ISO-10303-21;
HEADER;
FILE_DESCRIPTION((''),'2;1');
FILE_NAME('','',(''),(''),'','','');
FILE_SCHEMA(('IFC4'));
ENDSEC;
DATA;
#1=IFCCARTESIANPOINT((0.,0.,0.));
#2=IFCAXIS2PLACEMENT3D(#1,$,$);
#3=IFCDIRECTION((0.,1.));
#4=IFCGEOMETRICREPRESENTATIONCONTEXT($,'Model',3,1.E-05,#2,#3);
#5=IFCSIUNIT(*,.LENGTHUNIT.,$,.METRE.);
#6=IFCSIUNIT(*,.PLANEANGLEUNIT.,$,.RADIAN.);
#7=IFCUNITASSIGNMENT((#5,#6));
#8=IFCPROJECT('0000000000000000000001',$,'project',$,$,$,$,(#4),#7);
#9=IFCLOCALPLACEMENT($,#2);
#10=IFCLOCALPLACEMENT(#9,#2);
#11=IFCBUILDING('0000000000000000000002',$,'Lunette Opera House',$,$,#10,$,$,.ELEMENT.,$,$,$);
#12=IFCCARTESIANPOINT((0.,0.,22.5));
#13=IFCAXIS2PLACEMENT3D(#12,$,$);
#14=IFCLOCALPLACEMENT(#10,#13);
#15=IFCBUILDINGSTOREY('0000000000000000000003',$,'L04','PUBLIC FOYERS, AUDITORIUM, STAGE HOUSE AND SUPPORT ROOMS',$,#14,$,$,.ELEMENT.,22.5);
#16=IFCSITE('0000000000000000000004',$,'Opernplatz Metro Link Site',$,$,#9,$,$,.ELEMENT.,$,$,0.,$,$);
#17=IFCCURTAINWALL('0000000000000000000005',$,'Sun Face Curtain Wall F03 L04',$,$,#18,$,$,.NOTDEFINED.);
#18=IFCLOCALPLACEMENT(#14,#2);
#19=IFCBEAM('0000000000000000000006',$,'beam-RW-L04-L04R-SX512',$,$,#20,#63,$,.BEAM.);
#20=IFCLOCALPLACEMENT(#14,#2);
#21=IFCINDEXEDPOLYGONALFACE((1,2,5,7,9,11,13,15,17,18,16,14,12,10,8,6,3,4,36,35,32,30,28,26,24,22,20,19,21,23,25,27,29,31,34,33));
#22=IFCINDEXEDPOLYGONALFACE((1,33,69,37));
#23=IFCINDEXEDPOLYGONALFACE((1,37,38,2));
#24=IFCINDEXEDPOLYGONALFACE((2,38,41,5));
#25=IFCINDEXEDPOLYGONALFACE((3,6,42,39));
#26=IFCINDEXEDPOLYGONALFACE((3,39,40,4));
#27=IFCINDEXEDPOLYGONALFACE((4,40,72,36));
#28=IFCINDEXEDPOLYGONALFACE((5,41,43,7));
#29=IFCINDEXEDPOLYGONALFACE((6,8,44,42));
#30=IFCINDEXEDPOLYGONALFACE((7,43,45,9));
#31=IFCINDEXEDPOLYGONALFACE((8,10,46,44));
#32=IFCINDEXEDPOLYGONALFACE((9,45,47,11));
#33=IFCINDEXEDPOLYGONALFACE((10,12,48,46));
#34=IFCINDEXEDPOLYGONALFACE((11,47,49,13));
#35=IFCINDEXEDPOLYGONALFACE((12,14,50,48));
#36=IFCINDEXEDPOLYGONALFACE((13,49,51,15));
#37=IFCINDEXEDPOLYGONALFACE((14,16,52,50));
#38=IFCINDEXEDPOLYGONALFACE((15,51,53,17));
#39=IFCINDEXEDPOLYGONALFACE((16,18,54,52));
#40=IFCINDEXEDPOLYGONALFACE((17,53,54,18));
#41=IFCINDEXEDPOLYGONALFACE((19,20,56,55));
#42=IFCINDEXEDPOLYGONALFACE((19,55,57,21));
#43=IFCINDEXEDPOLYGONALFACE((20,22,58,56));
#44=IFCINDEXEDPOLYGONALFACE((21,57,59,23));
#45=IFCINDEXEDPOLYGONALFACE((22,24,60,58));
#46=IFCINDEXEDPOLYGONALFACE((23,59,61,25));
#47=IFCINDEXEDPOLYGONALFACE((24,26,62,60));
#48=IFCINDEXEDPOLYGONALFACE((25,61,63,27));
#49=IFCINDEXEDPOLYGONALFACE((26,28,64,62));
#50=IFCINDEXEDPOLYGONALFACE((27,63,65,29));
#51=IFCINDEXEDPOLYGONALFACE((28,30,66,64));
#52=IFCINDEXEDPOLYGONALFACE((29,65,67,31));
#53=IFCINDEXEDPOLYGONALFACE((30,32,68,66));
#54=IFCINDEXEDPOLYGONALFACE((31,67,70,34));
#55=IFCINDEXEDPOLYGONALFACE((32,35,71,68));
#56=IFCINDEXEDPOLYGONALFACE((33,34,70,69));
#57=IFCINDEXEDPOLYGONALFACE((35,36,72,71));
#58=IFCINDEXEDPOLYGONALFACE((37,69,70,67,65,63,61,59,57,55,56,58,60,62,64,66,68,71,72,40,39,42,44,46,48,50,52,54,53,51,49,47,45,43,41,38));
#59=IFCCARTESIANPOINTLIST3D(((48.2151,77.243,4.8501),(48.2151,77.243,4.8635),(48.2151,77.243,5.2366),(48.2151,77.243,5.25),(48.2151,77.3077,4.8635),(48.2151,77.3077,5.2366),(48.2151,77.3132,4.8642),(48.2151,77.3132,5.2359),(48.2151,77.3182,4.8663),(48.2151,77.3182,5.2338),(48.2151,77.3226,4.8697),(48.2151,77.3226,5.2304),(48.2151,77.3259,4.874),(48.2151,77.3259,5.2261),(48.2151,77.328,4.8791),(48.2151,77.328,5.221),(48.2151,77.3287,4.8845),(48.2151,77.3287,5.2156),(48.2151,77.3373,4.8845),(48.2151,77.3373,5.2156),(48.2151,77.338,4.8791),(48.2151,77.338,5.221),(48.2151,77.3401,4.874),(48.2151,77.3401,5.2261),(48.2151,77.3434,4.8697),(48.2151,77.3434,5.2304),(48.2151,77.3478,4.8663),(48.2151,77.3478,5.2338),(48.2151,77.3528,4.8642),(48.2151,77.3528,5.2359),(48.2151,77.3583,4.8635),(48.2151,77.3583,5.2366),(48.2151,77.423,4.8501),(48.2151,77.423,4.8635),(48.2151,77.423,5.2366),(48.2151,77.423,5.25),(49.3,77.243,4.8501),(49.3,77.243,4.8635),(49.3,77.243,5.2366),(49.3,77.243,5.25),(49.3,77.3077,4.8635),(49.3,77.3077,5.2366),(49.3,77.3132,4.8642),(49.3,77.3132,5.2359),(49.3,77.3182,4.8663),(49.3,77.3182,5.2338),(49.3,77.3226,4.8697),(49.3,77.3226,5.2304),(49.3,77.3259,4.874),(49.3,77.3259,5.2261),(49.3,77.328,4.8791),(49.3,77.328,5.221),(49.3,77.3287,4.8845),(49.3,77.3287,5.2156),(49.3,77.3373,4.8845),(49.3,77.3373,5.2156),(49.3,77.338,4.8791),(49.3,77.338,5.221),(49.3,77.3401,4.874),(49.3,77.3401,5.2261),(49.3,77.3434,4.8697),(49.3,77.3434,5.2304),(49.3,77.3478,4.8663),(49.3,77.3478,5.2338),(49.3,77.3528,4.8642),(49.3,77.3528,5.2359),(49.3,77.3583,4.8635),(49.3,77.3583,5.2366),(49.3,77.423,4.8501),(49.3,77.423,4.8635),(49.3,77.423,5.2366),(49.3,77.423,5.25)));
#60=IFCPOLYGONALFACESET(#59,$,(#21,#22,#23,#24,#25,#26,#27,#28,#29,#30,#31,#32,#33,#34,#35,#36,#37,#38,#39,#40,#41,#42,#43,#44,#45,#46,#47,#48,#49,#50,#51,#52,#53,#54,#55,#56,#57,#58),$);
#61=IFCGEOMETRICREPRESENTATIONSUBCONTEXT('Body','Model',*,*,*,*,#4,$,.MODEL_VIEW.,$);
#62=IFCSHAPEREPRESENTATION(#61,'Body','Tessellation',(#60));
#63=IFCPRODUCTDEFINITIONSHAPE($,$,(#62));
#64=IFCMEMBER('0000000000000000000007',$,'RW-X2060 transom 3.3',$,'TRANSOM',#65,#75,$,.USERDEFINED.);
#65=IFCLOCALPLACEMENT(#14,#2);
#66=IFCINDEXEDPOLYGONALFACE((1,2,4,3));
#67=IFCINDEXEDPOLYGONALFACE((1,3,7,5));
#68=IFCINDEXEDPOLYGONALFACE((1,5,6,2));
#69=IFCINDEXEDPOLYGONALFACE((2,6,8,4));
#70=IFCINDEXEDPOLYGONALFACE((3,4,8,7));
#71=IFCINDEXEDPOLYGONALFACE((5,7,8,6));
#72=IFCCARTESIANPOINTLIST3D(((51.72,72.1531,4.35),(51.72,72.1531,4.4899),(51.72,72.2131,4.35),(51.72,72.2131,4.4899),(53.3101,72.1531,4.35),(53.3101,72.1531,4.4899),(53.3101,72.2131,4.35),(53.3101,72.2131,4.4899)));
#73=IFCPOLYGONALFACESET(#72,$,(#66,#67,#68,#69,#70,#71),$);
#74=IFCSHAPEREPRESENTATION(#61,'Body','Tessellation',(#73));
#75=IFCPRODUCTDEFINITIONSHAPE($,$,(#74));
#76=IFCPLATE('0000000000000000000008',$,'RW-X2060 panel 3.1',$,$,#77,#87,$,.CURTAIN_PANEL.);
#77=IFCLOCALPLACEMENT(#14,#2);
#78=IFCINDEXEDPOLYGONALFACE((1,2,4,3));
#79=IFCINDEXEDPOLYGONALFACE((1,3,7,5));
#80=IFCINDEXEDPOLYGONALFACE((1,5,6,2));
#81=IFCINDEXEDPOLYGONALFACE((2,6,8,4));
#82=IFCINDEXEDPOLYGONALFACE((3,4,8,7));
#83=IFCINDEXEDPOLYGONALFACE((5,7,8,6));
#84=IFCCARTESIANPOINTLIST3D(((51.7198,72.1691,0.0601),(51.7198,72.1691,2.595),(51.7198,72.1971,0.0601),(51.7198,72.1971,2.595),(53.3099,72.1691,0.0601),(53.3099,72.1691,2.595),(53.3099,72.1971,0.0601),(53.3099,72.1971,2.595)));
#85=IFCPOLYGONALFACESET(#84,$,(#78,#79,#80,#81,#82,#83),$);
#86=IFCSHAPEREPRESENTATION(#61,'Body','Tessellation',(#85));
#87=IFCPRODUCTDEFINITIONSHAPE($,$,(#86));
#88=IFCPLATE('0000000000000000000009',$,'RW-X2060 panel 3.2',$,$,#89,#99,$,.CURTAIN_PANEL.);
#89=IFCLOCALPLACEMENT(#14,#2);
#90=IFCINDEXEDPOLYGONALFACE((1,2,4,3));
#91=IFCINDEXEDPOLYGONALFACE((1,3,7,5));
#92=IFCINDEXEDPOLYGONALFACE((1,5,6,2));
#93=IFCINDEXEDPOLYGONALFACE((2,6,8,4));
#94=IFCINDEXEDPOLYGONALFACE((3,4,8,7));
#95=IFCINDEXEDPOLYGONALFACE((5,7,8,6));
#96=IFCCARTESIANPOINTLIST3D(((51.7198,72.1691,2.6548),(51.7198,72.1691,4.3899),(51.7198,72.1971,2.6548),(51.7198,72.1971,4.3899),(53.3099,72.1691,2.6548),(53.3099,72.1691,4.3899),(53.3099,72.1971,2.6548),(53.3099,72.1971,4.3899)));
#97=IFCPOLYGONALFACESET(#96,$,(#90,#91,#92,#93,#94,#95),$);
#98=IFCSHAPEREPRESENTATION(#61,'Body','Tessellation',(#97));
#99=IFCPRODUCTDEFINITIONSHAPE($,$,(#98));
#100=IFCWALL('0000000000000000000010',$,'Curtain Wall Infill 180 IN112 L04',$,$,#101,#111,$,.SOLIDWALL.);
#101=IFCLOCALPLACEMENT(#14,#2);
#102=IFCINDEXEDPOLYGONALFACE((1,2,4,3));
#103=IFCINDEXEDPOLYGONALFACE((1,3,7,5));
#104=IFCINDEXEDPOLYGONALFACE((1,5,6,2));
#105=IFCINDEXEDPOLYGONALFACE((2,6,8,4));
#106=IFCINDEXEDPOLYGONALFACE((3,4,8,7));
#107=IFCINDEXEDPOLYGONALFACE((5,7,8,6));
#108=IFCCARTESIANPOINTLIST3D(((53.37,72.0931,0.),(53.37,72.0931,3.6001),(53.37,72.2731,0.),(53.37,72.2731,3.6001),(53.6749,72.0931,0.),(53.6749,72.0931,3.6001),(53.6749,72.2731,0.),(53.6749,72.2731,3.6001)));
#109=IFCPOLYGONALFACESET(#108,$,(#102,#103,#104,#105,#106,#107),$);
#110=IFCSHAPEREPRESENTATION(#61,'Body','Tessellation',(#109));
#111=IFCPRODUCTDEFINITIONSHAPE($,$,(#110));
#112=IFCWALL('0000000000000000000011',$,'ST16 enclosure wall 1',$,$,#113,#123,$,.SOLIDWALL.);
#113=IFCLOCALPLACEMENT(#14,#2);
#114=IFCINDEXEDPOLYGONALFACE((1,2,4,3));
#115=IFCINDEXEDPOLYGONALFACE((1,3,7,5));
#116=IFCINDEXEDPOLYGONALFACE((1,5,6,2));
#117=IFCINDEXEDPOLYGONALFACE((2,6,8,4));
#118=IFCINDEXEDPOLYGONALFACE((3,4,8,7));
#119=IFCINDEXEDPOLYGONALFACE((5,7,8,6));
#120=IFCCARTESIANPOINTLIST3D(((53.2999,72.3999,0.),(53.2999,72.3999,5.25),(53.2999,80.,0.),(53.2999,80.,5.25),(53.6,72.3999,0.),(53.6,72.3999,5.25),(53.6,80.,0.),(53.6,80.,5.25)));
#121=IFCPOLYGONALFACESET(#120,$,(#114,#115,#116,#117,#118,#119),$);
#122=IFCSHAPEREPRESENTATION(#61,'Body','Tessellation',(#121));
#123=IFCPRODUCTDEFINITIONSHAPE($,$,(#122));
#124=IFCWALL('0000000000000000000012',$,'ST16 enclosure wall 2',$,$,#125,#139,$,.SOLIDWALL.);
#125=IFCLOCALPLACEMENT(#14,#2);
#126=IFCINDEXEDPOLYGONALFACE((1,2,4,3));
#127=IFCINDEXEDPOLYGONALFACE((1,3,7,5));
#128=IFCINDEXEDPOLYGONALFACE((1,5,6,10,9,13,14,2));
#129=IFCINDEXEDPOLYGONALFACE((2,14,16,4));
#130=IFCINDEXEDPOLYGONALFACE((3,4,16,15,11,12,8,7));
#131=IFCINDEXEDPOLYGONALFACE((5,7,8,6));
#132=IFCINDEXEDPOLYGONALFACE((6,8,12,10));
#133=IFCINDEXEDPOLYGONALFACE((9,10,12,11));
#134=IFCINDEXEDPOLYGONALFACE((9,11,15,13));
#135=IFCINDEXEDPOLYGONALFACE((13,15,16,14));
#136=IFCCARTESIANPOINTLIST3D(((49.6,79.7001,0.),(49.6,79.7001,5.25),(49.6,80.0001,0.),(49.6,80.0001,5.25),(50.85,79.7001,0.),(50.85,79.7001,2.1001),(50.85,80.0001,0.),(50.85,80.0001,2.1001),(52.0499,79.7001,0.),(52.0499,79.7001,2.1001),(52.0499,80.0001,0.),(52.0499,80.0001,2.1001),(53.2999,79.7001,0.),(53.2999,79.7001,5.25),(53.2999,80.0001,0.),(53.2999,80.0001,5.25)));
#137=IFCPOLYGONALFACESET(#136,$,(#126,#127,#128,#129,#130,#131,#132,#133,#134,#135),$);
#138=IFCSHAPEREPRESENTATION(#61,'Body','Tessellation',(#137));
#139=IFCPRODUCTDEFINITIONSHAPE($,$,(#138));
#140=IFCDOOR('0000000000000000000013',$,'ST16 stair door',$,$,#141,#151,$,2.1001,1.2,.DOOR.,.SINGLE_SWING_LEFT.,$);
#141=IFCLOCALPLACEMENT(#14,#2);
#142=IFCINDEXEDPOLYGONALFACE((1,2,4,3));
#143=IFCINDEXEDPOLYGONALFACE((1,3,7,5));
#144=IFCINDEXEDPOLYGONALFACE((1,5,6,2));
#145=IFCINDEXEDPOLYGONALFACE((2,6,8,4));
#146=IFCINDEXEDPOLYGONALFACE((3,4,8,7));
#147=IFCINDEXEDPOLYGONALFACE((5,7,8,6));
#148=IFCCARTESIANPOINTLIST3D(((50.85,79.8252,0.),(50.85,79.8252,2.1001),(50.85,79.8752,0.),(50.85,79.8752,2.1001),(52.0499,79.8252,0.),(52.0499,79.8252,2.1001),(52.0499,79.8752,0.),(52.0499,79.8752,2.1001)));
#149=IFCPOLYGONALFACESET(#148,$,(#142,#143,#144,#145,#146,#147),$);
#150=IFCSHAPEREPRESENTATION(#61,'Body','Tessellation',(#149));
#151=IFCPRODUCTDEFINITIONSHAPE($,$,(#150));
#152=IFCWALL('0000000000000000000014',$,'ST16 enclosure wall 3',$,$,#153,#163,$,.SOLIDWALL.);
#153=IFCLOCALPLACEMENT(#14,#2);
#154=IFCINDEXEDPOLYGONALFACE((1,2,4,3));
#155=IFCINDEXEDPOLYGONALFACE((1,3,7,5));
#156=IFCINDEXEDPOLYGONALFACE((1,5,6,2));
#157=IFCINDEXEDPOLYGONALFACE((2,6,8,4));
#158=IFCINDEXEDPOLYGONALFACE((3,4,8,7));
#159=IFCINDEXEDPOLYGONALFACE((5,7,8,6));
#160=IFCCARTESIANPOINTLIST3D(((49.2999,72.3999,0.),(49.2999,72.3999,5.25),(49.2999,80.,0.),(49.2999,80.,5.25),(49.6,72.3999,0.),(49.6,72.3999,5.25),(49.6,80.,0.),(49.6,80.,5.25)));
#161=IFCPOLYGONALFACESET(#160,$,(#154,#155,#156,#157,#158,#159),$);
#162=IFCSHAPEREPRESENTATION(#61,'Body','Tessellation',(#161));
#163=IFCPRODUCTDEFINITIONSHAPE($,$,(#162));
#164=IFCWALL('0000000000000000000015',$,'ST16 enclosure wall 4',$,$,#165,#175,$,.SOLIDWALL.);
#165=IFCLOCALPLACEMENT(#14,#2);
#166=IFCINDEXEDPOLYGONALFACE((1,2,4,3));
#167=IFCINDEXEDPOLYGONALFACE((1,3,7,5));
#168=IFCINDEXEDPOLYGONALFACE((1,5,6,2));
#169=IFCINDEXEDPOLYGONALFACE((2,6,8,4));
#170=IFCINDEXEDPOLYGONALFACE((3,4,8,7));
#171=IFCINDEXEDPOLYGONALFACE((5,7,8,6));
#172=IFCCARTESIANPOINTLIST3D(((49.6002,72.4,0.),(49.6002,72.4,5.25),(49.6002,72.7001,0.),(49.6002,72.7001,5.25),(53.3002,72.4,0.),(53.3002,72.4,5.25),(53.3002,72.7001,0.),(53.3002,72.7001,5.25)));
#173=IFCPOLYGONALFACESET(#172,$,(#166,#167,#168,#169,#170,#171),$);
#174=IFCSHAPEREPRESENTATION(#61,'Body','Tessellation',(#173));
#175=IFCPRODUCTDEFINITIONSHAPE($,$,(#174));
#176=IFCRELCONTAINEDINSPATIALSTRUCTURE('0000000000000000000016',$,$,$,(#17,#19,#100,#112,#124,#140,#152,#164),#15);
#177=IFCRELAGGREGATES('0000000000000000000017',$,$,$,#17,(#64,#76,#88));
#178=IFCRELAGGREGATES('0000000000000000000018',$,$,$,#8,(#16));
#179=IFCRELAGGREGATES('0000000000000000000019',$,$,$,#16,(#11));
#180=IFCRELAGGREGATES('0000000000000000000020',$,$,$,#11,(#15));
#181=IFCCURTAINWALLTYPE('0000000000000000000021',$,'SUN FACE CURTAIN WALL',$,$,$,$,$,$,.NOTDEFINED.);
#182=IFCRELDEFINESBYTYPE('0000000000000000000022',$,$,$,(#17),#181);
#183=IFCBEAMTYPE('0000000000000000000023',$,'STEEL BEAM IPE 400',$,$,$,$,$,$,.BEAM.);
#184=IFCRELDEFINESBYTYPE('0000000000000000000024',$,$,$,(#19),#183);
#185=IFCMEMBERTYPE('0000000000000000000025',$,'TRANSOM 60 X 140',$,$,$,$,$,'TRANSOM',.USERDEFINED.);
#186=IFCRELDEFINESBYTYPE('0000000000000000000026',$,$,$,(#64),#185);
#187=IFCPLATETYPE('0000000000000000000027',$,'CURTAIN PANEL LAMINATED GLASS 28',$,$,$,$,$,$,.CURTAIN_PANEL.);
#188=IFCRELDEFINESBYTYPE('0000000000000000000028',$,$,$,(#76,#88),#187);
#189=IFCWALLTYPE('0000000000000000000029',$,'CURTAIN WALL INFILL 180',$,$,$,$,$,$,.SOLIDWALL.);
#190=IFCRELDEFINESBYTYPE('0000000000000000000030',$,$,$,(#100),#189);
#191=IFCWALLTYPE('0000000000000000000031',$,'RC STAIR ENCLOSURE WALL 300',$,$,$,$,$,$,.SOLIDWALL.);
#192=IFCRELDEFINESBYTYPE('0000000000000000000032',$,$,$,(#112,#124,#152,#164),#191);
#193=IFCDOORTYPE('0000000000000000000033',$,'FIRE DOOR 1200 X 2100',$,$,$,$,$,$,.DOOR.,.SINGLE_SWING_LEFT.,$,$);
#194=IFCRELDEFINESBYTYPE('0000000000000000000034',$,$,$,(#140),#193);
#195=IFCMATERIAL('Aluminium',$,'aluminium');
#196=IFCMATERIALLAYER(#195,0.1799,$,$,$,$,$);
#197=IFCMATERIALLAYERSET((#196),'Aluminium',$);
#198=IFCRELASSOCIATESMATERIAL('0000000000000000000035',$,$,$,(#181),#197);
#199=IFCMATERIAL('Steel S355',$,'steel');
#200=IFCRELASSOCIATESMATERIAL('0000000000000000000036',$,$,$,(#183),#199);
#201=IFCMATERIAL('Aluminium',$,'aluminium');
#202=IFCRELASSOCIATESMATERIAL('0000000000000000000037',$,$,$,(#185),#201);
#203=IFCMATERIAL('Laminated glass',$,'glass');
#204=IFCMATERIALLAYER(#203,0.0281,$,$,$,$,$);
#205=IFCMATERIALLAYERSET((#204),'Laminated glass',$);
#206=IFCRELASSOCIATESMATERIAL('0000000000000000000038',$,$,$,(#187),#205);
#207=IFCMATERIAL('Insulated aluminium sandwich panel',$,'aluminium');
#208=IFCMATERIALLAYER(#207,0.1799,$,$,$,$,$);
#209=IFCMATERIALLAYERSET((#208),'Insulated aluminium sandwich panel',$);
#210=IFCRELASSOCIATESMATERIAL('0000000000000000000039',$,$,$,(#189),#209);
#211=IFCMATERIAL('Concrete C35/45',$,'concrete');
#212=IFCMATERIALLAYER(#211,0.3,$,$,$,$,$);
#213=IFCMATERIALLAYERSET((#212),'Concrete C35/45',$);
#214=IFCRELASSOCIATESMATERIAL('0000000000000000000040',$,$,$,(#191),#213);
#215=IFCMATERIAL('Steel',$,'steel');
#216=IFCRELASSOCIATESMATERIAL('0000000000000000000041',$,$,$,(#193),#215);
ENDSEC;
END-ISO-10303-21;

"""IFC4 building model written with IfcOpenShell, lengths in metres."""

from ifc_helpers import new_model, si_unit, direction, frame, frame_2d, origin, origin_2d, place, context, subcontext, project, spatial, rectangle, i_section, extrude, material, layer, layer_set, material_profile, profile_set, type_object, element, fill, aggregate, save


model = new_model("IFC4")

# Units and contexts
model_context = context("Model", 3, precision=1e-05, world=origin(), true_north=direction((0.0, 1.0)))
body_context = subcontext(model_context, "Body", "Model", "MODEL_VIEW")
ifc_project = project(units=[si_unit("LENGTHUNIT", "METRE"), si_unit("PLANEANGLEUNIT", "RADIAN")], contexts=[model_context])

# Site, building, storey
site_placement = place(None, origin())
site = spatial("IfcSite", under=ifc_project, at=site_placement, Name="Opernplatz Metro Link Site", CompositionType="ELEMENT", RefElevation=0.0)
building_placement = place(site_placement, origin())
building = spatial("IfcBuilding", under=site, at=building_placement, Name="Lunette Opera House", CompositionType="ELEMENT")
storey_placement = place(building_placement, frame((0.0, 0.0, 22.5)))
storey = spatial("IfcBuildingStorey", under=building, at=storey_placement, Name="L04", Description="PUBLIC FOYERS, AUDITORIUM, STAGE HOUSE AND SUPPORT ROOMS", CompositionType="ELEMENT", Elevation=22.5)

# Curtain wall
ifc_material_1 = material(Name="Aluminium", Category="aluminium")
ifc_layer_1 = layer(ifc_material_1, 0.1799)
ifc_layer_set_1 = layer_set([ifc_layer_1], Name="Aluminium")
curtain_wall_type = type_object("IfcCurtainWallType", Name="SUN FACE CURTAIN WALL", PredefinedType="NOTDEFINED", material=ifc_layer_set_1)
curtain_wall_placement = place(storey_placement, origin())
curtain_wall = element("IfcCurtainWall", 1, at=curtain_wall_placement, inside=storey, type_object=curtain_wall_type, Name="Sun Face Curtain Wall F03 L04", PredefinedType="NOTDEFINED")

# Beam
ifc_material_2 = material(Name="Steel S355", Category="steel")
ifc_material_profile_1 = material_profile(ifc_material_2, i_section(OverallWidth=0.1799, OverallDepth=0.3999, WebThickness=0.0085, FlangeThickness=0.0134, FilletRadius=0.021, at=origin_2d()), Name="IPE 400")
ifc_profile_set_1 = profile_set([ifc_material_profile_1], Name="Steel S355")
beam_type_1 = type_object("IfcBeamType", Name="STEEL BEAM IPE 400", PredefinedType="BEAM", material=ifc_profile_set_1)
for number, where, z_axis, x_axis, name in (
    (2, (48.2151, 77.333, 5.05), (1.0, 0.0, 0.0), (0.0, 1.0, 0.0), "beam-RW-L04-L04R-SX512"),
):
    element("IfcBeam", number, at=place(storey_placement, frame(where, z_axis=z_axis, x_axis=x_axis)), inside=storey, type_object=beam_type_1, Name=name, PredefinedType="BEAM", context=body_context, shape_type="SweptSolid", body=[
        extrude(i_section(OverallWidth=0.1799, OverallDepth=0.3999, WebThickness=0.0085, FlangeThickness=0.0134, FilletRadius=0.021, at=origin_2d()), origin(), (0.0, 0.0, 1.0), 1.085),
    ])

# Member
ifc_material_3 = material(Name="Aluminium", Category="aluminium")
ifc_material_profile_2 = material_profile(ifc_material_3, rectangle(XDim=0.0601, YDim=0.1399, at=origin_2d()), Name="TRANSOM 60 X 140")
ifc_profile_set_2 = profile_set([ifc_material_profile_2], Name="Aluminium")
member_type_1 = type_object("IfcMemberType", Name="TRANSOM 60 X 140", ElementType="TRANSOM", PredefinedType="USERDEFINED", material=ifc_profile_set_2)
member_1_placement = place(storey_placement, frame((51.72, 72.1831, 4.4199), z_axis=(1.0, 0.0, 0.0), x_axis=(0.0, 1.0, 0.0)))
member_1 = element("IfcMember", 3, at=member_1_placement, type_object=member_type_1, Name="RW-X2060 transom 3.3", ObjectType="TRANSOM", PredefinedType="USERDEFINED", context=body_context, shape_type="SweptSolid", body=[
    extrude(rectangle(XDim=0.0601, YDim=0.1399, at=origin_2d()), origin(), (0.0, 0.0, 1.0), 1.5901),
])

# Plates
ifc_material_4 = material(Name="Laminated glass", Category="glass")
ifc_layer_2 = layer(ifc_material_4, 0.0281)
ifc_layer_set_2 = layer_set([ifc_layer_2], Name="Laminated glass")
plate_type = type_object("IfcPlateType", Name="CURTAIN PANEL LAMINATED GLASS 28", PredefinedType="CURTAIN_PANEL", material=ifc_layer_set_2)
plate_1_placement = place(storey_placement, frame((52.5149, 72.1831, 0.0601), z_axis=(0.0, 0.0, 1.0), x_axis=(1.0, 0.0, 0.0)))
plate_1 = element("IfcPlate", 4, at=plate_1_placement, type_object=plate_type, Name="RW-X2060 panel 3.1", PredefinedType="CURTAIN_PANEL", context=body_context, shape_type="SweptSolid", body=[
    extrude(rectangle(XDim=1.5901, YDim=0.0281, at=origin_2d()), origin(), (0.0, 0.0, 1.0), 2.5349),
])
plate_2_placement = place(storey_placement, frame((52.5149, 72.1831, 2.6548), z_axis=(0.0, 0.0, 1.0), x_axis=(1.0, 0.0, 0.0)))
plate_2 = element("IfcPlate", 5, at=plate_2_placement, type_object=plate_type, Name="RW-X2060 panel 3.2", PredefinedType="CURTAIN_PANEL", context=body_context, shape_type="SweptSolid", body=[
    extrude(rectangle(XDim=1.5901, YDim=0.0281, at=origin_2d()), origin(), (0.0, 0.0, 1.0), 1.7351),
])
aggregate(curtain_wall, [member_1, plate_1, plate_2])

# Walls
ifc_material_5 = material(Name="Insulated aluminium sandwich panel", Category="aluminium")
ifc_layer_3 = layer(ifc_material_5, 0.1799)
ifc_layer_set_3 = layer_set([ifc_layer_3], Name="Insulated aluminium sandwich panel")
wall_type_1 = type_object("IfcWallType", Name="CURTAIN WALL INFILL 180", PredefinedType="SOLIDWALL", material=ifc_layer_set_3)
wall_1_placement = place(storey_placement, frame((53.3701, 72.1831, 0.0), z_axis=(0.0, 0.0, 1.0), x_axis=(1.0, 0.0, 0.0)))
element("IfcWall", 6, at=wall_1_placement, inside=storey, type_object=wall_type_1, Name="Curtain Wall Infill 180 IN112 L04", PredefinedType="SOLIDWALL", context=body_context, shape_type="SweptSolid", body=[
    extrude(rectangle(XDim=0.3049, YDim=0.1799, at=frame_2d((0.1523, 0.0))), origin(), (0.0, 0.0, 1.0), 3.6001),
])
ifc_material_6 = material(Name="Concrete C35/45", Category="concrete")
ifc_layer_4 = layer(ifc_material_6, 0.3)
ifc_layer_set_4 = layer_set([ifc_layer_4], Name="Concrete C35/45")
wall_type_2 = type_object("IfcWallType", Name="RC STAIR ENCLOSURE WALL 300", PredefinedType="SOLIDWALL", material=ifc_layer_set_4)
wall_2_placement = place(storey_placement, frame((53.45, 72.3999, 0.0), z_axis=(0.0, 0.0, 1.0), x_axis=(0.0, 1.0, 0.0)))
element("IfcWall", 7, at=wall_2_placement, inside=storey, type_object=wall_type_2, Name="ST16 enclosure wall 1", PredefinedType="SOLIDWALL", context=body_context, shape_type="SweptSolid", body=[
    extrude(rectangle(XDim=7.6001, YDim=0.3, at=frame_2d((3.8, 0.0))), origin(), (0.0, 0.0, 1.0), 5.25),
])

# Wall, opening, door
wall_3_placement = place(storey_placement, frame((53.3, 79.8501, 0.0), z_axis=(0.0, 0.0, 1.0), x_axis=(-1.0, 0.0, 0.0)))
wall_3 = element("IfcWall", 8, at=wall_3_placement, inside=storey, type_object=wall_type_2, Name="ST16 enclosure wall 2", PredefinedType="SOLIDWALL", context=body_context, shape_type="SweptSolid", body=[
    extrude(rectangle(XDim=3.7, YDim=0.3, at=frame_2d((1.8501, 0.0))), origin(), (0.0, 0.0, 1.0), 5.25),
])
opening_1_placement = place(wall_3_placement, frame((1.25, 0.0, 0.0)))
opening_1 = element("IfcOpeningElement", 9, at=opening_1_placement, cuts=wall_3, PredefinedType="OPENING", context=body_context, shape_type="SweptSolid", body=[
    extrude(rectangle(XDim=1.2, YDim=2.1001, at=frame_2d((0.6001, 1.05))), frame((0.0, 0.1621, 0.0), z_axis=(0.0, -1.0, 0.0), x_axis=(1.0, 0.0, 0.0)), (0.0, 0.0, 1.0), 0.324),
])
ifc_material_7 = material(Name="Steel", Category="steel")
door_type = type_object("IfcDoorType", Name="FIRE DOOR 1200 X 2100", OperationType="SINGLE_SWING_LEFT", PredefinedType="DOOR", material=ifc_material_7)
door_placement = place(opening_1_placement, origin())
door = element("IfcDoor", 10, at=door_placement, inside=storey, type_object=door_type, Name="ST16 stair door", OperationType="SINGLE_SWING_LEFT", OverallHeight=2.1001, OverallWidth=1.2, PredefinedType="DOOR", context=body_context, shape_type="SweptSolid", body=[
    extrude(rectangle(XDim=1.2, YDim=2.1001, at=frame_2d((0.6001, 1.05))), frame((0.0, 0.0249, 0.0), z_axis=(0.0, -1.0, 0.0), x_axis=(1.0, 0.0, 0.0)), (0.0, 0.0, 1.0), 0.05),
])
fill(opening_1, door)

# Walls
wall_4_placement = place(storey_placement, frame((49.45, 80.0, 0.0), z_axis=(0.0, 0.0, 1.0), x_axis=(0.0, -1.0, 0.0)))
element("IfcWall", 11, at=wall_4_placement, inside=storey, type_object=wall_type_2, Name="ST16 enclosure wall 3", PredefinedType="SOLIDWALL", context=body_context, shape_type="SweptSolid", body=[
    extrude(rectangle(XDim=7.6001, YDim=0.3, at=frame_2d((3.8, 0.0))), origin(), (0.0, 0.0, 1.0), 5.25),
])
wall_5_placement = place(storey_placement, frame((49.6001, 72.55, 0.0), z_axis=(0.0, 0.0, 1.0), x_axis=(1.0, 0.0, 0.0)))
element("IfcWall", 12, at=wall_5_placement, inside=storey, type_object=wall_type_2, Name="ST16 enclosure wall 4", PredefinedType="SOLIDWALL", context=body_context, shape_type="SweptSolid", body=[
    extrude(rectangle(XDim=3.7, YDim=0.3, at=frame_2d((1.8501, 0.0))), origin(), (0.0, 0.0, 1.0), 5.25),
])

save(model, "model.ifc")
